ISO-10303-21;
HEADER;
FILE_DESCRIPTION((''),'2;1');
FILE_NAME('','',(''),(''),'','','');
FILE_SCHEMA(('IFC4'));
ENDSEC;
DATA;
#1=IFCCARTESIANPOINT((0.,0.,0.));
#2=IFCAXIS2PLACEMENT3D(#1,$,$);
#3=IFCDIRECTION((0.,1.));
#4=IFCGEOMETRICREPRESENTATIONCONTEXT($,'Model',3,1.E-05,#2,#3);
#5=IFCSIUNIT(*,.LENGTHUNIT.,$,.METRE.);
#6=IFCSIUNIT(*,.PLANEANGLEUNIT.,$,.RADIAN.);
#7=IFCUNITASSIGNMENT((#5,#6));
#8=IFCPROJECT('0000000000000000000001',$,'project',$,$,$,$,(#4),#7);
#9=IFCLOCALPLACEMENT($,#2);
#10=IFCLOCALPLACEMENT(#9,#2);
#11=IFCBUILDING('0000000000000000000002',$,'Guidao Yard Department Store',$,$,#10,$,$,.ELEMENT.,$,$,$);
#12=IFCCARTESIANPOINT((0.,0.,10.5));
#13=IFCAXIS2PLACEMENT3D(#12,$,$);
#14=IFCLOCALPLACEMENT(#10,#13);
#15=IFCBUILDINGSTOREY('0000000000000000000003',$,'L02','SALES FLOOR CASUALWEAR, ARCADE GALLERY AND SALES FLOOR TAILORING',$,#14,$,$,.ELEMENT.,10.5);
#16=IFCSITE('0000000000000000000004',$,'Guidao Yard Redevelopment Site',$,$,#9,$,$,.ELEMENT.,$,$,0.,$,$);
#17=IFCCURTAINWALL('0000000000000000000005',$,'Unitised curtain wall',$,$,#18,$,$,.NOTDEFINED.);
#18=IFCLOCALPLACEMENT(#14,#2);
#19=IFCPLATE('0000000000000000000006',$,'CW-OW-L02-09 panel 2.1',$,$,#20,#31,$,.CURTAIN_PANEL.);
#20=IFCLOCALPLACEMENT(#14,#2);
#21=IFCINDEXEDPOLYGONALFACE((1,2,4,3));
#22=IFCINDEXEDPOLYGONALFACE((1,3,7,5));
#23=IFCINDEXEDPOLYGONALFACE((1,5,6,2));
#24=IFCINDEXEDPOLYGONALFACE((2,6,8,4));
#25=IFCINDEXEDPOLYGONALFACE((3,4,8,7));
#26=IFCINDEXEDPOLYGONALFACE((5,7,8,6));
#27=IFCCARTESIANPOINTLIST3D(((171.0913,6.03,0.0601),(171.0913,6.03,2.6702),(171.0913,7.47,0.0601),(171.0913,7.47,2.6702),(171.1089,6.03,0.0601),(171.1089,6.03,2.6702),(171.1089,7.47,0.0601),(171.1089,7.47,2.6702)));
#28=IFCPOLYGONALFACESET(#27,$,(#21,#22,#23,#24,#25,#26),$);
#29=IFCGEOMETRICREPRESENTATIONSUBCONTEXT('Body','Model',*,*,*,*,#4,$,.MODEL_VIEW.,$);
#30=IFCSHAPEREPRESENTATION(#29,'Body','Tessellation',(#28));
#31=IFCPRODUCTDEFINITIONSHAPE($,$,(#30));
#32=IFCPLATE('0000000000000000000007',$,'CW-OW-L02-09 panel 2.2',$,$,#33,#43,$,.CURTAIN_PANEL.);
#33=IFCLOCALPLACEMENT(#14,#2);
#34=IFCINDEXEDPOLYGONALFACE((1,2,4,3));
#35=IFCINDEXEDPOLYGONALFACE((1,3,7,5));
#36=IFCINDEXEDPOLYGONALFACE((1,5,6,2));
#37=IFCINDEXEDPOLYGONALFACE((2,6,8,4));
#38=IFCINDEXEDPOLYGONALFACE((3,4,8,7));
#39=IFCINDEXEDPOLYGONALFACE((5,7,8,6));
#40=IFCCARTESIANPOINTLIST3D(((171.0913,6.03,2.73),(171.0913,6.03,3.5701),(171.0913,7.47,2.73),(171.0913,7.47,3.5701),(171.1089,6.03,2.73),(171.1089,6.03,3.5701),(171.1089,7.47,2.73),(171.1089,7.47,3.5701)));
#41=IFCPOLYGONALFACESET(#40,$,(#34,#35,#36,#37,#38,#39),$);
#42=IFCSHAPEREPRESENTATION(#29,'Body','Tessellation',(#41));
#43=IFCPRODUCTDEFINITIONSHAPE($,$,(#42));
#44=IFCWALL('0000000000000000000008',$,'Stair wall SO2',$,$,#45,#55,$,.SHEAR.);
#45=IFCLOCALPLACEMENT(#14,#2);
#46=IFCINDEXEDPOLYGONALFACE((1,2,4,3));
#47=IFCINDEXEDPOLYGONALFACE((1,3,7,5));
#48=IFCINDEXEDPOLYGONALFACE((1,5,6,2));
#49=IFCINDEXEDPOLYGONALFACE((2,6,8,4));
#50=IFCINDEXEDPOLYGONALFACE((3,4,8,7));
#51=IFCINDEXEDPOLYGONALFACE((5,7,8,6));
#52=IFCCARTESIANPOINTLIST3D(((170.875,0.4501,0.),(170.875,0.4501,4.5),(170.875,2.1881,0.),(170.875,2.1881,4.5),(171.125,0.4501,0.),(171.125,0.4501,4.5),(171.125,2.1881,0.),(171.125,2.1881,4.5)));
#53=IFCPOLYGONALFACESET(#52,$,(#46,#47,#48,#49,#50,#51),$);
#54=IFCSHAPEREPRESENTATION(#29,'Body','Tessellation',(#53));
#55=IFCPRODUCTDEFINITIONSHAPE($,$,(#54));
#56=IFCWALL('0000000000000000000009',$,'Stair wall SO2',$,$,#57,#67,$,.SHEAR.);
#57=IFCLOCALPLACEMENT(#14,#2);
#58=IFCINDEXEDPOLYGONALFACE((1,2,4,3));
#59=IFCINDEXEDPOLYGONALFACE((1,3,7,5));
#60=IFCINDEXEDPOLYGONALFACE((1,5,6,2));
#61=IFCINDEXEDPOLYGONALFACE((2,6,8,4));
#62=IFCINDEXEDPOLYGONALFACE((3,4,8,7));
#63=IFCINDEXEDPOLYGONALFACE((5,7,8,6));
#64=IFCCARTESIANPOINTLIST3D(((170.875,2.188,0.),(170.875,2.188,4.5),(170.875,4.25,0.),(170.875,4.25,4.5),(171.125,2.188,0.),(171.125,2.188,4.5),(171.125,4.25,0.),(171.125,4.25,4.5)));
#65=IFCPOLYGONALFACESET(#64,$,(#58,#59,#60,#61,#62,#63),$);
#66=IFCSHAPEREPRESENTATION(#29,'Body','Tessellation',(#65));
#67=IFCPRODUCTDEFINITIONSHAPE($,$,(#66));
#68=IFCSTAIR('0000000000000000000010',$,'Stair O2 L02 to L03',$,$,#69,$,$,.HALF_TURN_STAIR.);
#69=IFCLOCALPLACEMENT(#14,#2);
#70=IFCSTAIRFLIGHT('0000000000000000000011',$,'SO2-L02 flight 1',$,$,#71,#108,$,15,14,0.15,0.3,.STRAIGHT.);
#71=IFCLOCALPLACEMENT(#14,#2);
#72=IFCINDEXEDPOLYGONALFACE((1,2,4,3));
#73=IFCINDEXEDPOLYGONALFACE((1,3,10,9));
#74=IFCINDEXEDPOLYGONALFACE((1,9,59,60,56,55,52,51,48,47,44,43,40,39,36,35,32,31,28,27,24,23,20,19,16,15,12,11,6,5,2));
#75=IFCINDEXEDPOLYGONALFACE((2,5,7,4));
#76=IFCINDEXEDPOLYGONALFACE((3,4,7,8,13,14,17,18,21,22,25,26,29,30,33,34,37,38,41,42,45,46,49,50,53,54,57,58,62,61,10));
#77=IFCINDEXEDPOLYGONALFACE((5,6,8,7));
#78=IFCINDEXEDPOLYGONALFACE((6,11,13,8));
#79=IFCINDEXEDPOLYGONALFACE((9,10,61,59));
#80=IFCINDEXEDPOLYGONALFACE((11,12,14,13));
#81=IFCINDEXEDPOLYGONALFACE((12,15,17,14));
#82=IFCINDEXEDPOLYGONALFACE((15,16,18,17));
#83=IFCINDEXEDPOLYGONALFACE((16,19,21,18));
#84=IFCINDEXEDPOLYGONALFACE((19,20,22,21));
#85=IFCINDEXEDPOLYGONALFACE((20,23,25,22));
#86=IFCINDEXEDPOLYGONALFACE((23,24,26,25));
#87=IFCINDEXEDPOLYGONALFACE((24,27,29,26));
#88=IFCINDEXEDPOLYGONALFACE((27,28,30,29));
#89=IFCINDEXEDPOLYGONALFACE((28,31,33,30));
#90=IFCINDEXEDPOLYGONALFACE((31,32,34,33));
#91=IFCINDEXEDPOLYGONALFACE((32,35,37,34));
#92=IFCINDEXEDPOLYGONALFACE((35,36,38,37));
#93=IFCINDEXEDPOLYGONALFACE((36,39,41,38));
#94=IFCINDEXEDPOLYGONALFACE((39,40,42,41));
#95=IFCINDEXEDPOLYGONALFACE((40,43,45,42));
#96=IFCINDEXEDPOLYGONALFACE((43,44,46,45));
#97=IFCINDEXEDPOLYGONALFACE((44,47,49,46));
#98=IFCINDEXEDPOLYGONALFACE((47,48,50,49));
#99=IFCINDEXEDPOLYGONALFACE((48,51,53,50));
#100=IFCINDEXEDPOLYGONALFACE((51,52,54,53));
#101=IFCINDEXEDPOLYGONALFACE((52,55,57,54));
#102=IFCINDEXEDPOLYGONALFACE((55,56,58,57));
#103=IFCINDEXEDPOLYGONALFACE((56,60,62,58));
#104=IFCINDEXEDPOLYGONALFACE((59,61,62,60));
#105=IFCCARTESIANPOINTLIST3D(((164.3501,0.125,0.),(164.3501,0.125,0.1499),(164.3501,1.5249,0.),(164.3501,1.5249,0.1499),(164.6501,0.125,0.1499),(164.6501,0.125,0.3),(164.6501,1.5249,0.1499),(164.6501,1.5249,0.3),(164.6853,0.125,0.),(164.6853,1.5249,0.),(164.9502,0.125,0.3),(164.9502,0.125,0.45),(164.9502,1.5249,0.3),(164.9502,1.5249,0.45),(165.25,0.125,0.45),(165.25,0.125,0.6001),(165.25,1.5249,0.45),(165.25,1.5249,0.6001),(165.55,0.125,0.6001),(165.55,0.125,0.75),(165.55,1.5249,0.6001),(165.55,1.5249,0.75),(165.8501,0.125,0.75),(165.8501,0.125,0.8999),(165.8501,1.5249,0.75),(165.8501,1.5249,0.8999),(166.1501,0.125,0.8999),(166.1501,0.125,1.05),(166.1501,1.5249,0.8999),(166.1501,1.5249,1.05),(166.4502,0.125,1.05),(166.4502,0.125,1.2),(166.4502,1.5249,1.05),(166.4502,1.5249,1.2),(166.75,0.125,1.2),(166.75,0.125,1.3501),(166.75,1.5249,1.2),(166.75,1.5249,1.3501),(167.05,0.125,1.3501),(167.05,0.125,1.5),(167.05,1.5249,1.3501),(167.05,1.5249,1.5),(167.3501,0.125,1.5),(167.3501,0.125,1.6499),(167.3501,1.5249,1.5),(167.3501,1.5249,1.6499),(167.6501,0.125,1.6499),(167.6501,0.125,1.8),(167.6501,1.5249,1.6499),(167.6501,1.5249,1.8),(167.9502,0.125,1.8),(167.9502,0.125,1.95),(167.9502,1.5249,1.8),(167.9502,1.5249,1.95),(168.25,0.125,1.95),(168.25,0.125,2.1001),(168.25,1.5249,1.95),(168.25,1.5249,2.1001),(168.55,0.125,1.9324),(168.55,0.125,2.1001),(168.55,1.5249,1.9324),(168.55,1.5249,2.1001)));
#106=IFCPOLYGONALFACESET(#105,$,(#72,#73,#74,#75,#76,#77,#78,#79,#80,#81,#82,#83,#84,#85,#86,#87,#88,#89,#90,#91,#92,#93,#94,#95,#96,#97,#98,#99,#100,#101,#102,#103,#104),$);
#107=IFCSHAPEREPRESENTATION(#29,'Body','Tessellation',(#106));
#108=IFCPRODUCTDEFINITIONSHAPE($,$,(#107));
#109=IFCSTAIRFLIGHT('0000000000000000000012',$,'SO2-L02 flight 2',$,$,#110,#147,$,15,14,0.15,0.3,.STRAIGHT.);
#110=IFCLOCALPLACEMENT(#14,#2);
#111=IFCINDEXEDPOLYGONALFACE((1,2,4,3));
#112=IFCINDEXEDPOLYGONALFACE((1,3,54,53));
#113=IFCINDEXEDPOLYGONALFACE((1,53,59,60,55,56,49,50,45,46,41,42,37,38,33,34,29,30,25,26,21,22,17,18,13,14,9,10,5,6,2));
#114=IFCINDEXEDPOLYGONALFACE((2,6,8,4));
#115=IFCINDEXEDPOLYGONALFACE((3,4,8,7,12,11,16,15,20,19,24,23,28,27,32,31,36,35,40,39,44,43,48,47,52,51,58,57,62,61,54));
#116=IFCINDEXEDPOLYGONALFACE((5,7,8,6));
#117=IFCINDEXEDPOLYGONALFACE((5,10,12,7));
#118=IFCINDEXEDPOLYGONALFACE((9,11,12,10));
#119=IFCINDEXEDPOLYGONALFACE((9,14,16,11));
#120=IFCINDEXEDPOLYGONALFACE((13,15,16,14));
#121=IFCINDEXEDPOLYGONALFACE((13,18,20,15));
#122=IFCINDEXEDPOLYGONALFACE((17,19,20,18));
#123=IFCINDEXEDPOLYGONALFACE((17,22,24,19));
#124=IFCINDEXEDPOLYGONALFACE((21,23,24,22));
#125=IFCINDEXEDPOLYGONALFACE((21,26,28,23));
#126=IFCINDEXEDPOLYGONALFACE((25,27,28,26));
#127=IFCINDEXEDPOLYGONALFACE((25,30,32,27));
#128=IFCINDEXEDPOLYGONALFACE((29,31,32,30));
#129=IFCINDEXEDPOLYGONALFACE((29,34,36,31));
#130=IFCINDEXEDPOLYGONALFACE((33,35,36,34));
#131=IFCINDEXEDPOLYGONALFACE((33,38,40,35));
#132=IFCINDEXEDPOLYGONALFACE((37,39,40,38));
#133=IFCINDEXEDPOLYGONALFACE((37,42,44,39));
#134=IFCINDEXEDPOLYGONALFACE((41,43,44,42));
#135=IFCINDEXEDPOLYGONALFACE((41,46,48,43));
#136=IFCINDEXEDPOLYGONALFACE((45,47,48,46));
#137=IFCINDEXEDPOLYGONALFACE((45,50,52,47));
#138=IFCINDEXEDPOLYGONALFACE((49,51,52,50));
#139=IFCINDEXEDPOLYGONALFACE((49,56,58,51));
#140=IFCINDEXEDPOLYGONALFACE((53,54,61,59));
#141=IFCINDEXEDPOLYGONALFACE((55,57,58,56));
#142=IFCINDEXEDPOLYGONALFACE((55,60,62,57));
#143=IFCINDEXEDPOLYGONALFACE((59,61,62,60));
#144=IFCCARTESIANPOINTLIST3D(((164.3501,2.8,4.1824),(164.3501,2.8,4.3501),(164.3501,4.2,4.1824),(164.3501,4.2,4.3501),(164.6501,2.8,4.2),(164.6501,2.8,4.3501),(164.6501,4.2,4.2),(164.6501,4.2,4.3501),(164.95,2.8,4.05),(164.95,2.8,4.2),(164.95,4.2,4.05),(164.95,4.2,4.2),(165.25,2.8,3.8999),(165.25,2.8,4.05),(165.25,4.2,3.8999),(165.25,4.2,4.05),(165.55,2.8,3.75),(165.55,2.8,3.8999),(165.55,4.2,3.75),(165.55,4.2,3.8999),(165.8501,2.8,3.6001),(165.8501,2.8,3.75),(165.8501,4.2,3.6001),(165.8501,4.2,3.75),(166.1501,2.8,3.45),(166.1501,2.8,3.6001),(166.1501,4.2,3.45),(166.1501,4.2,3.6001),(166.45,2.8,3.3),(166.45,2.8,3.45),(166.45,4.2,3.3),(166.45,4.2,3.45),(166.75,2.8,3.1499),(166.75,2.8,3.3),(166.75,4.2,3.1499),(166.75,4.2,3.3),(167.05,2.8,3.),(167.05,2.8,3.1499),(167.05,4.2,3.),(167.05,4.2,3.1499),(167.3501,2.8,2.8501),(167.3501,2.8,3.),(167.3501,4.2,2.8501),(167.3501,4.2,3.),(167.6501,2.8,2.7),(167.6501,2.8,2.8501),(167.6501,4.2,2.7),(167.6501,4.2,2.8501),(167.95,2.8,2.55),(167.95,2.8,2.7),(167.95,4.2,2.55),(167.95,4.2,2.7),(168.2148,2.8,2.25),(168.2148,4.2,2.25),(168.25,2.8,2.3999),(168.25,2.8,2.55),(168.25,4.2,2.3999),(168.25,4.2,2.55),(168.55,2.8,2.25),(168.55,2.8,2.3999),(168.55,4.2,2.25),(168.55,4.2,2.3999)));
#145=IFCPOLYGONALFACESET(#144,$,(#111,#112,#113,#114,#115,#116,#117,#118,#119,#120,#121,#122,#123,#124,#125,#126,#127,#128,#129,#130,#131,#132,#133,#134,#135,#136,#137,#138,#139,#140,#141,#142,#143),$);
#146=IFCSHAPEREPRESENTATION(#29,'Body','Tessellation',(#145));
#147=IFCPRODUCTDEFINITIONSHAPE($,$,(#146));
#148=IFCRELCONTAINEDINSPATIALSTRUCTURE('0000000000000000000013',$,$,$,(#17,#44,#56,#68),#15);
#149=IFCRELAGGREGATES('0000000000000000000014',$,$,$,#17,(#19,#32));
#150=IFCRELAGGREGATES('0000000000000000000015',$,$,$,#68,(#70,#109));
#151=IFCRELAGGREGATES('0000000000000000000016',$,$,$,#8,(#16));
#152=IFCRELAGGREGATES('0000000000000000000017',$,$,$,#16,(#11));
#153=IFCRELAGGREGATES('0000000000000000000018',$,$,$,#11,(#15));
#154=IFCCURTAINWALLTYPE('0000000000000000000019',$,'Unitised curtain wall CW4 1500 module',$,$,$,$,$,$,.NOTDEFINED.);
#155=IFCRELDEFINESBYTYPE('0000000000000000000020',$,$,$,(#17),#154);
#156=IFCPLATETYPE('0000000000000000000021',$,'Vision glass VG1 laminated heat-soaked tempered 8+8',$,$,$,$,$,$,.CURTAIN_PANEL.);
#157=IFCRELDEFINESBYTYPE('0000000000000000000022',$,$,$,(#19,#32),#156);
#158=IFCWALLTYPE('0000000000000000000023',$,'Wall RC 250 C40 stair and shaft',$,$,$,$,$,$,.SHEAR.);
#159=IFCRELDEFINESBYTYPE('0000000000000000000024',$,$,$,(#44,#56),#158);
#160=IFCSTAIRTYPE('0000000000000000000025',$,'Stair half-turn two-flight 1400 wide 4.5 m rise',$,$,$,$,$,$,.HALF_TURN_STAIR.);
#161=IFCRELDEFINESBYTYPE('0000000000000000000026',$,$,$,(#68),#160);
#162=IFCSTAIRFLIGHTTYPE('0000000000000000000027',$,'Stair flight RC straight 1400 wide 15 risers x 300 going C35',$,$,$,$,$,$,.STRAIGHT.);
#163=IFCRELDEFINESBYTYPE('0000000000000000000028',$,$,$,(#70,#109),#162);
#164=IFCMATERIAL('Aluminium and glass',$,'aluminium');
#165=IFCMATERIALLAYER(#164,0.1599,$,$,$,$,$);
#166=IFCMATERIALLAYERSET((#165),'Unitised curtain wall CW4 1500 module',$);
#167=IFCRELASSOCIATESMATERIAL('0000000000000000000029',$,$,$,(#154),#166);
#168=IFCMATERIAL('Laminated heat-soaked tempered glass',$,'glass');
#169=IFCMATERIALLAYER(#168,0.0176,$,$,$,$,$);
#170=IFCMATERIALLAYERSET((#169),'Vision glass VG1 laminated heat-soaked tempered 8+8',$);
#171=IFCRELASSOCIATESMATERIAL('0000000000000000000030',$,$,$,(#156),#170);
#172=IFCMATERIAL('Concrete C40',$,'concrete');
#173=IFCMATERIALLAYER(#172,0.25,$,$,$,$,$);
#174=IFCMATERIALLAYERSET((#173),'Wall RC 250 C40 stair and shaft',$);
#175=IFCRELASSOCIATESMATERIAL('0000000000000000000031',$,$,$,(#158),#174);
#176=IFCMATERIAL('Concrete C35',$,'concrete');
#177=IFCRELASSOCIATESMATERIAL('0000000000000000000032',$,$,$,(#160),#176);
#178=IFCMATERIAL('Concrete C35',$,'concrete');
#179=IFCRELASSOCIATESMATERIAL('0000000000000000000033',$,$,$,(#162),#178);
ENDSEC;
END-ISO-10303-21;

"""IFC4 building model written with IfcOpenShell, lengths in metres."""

from ifc_helpers import new_model, si_unit, direction, frame, frame_2d, origin, origin_2d, place, context, subcontext, project, spatial, polyline, rectangle, outline, extrude, material, layer, layer_set, type_object, element, aggregate, save


model = new_model("IFC4")

# Units and contexts
model_context = context("Model", 3, precision=1e-05, world=origin(), true_north=direction((0.0, 1.0)))
body_context = subcontext(model_context, "Body", "Model", "MODEL_VIEW")
ifc_project = project(units=[si_unit("LENGTHUNIT", "METRE"), si_unit("PLANEANGLEUNIT", "RADIAN")], contexts=[model_context])

# Site, building, storey
site_placement = place(None, origin())
site = spatial("IfcSite", under=ifc_project, at=site_placement, Name="Guidao Yard Redevelopment Site", CompositionType="ELEMENT", RefElevation=0.0)
building_placement = place(site_placement, origin())
building = spatial("IfcBuilding", under=site, at=building_placement, Name="Guidao Yard Department Store", CompositionType="ELEMENT")
storey_placement = place(building_placement, frame((0.0, 0.0, 10.5)))
storey = spatial("IfcBuildingStorey", under=building, at=storey_placement, Name="L02", Description="SALES FLOOR CASUALWEAR, ARCADE GALLERY AND SALES FLOOR TAILORING", CompositionType="ELEMENT", Elevation=10.5)

# Curtain wall, plates
ifc_material_1 = material(Name="Aluminium and glass", Category="aluminium")
ifc_layer_1 = layer(ifc_material_1, 0.1599)
ifc_layer_set_1 = layer_set([ifc_layer_1], Name="Unitised curtain wall CW4 1500 module")
curtain_wall_type = type_object("IfcCurtainWallType", Name="Unitised curtain wall CW4 1500 module", PredefinedType="NOTDEFINED", material=ifc_layer_set_1)
curtain_wall_placement = place(storey_placement, origin())
curtain_wall = element("IfcCurtainWall", 1, at=curtain_wall_placement, inside=storey, type_object=curtain_wall_type, Name="Unitised curtain wall", PredefinedType="NOTDEFINED")
ifc_material_2 = material(Name="Laminated heat-soaked tempered glass", Category="glass")
ifc_layer_2 = layer(ifc_material_2, 0.0176)
ifc_layer_set_2 = layer_set([ifc_layer_2], Name="Vision glass VG1 laminated heat-soaked tempered 8+8")
plate_type_1 = type_object("IfcPlateType", Name="Vision glass VG1 laminated heat-soaked tempered 8+8", PredefinedType="CURTAIN_PANEL", material=ifc_layer_set_2)
plate_1_placement = place(storey_placement, frame((171.1001, 6.75, 0.0601), z_axis=(0.0, 0.0, 1.0), x_axis=(0.0, -1.0, 0.0)))
plate_1 = element("IfcPlate", 2, at=plate_1_placement, type_object=plate_type_1, Name="CW-OW-L02-09 panel 2.1", PredefinedType="CURTAIN_PANEL", context=body_context, shape_type="SweptSolid", body=[
    extrude(rectangle(XDim=1.4399, YDim=0.0176, at=origin_2d()), origin(), (0.0, 0.0, 1.0), 2.6101),
])
plate_2_placement = place(storey_placement, frame((171.1001, 6.75, 2.73), z_axis=(0.0, 0.0, 1.0), x_axis=(0.0, -1.0, 0.0)))
plate_2 = element("IfcPlate", 3, at=plate_2_placement, type_object=plate_type_1, Name="CW-OW-L02-09 panel 2.2", PredefinedType="CURTAIN_PANEL", context=body_context, shape_type="SweptSolid", body=[
    extrude(rectangle(XDim=1.4399, YDim=0.0176, at=origin_2d()), origin(), (0.0, 0.0, 1.0), 0.8401),
])
aggregate(curtain_wall, [plate_1, plate_2])

# Walls
ifc_material_3 = material(Name="Concrete C40", Category="concrete")
ifc_layer_3 = layer(ifc_material_3, 0.25)
ifc_layer_set_3 = layer_set([ifc_layer_3], Name="Wall RC 250 C40 stair and shaft")
wall_type = type_object("IfcWallType", Name="Wall RC 250 C40 stair and shaft", PredefinedType="SHEAR", material=ifc_layer_set_3)
wall_1_placement = place(storey_placement, frame((171.0, 0.45, 0.0), z_axis=(0.0, 0.0, 1.0), x_axis=(0.0, 1.0, 0.0)))
element("IfcWall", 4, at=wall_1_placement, inside=storey, type_object=wall_type, Name="Stair wall SO2", PredefinedType="SHEAR", context=body_context, shape_type="SweptSolid", body=[
    extrude(rectangle(XDim=1.738, YDim=0.25, at=frame_2d((0.8691, 0.0))), origin(), (0.0, 0.0, 1.0), 4.5),
])
wall_2_placement = place(storey_placement, frame((171.0, 2.188, 0.0), z_axis=(0.0, 0.0, 1.0), x_axis=(0.0, 1.0, 0.0)))
element("IfcWall", 5, at=wall_2_placement, inside=storey, type_object=wall_type, Name="Stair wall SO2", PredefinedType="SHEAR", context=body_context, shape_type="SweptSolid", body=[
    extrude(rectangle(XDim=2.062, YDim=0.25, at=frame_2d((1.031, 0.0))), origin(), (0.0, 0.0, 1.0), 4.5),
])

# Stair, stair flights
ifc_material_4 = material(Name="Concrete C35", Category="concrete")
stair_type = type_object("IfcStairType", Name="Stair half-turn two-flight 1400 wide 4.5 m rise", PredefinedType="HALF_TURN_STAIR", material=ifc_material_4)
stair_placement = place(storey_placement, origin())
stair = element("IfcStair", 6, at=stair_placement, inside=storey, type_object=stair_type, Name="Stair O2 L02 to L03", PredefinedType="HALF_TURN_STAIR")
ifc_material_5 = material(Name="Concrete C35", Category="concrete")
stair_flight_type = type_object("IfcStairFlightType", Name="Stair flight RC straight 1400 wide 15 risers x 300 going C35", PredefinedType="STRAIGHT", material=ifc_material_5)
stair_flight_1_placement = place(storey_placement, frame((164.3501, 0.825, 0.0), z_axis=(0.0, 0.0, 1.0), x_axis=(1.0, 0.0, 0.0)))
stair_flight_1 = element("IfcStairFlight", 7, at=stair_flight_1_placement, type_object=stair_flight_type, Name="SO2-L02 flight 1", NumberOfRisers=15, NumberOfTreads=14, PredefinedType="STRAIGHT", RiserHeight=0.15, TreadLength=0.3, context=body_context, shape_type="SweptSolid", body=[
    extrude(outline(polyline([(0.0, 0.0), (0.0, 0.1499), (0.3, 0.1499), (0.3, 0.3), (0.6001, 0.3), (0.6001, 0.45), (0.8999, 0.45), (0.8999, 0.6001), (1.2, 0.6001), (1.2, 0.75), (1.5, 0.75), (1.5, 0.8999), (1.8, 0.8999), (1.8, 1.05), (2.1001, 1.05), (2.1001, 1.2), (2.3999, 1.2), (2.3999, 1.3501), (2.7, 1.3501), (2.7, 1.5), (3.0, 1.5), (3.0, 1.6499), (3.3, 1.6499), (3.3, 1.8), (3.6001, 1.8), (3.6001, 1.95), (3.8999, 1.95), (3.8999, 2.1001), (4.2, 2.1001), (4.2, 2.25), (4.2, 1.9324), (0.3352, 0.0), (0.0, 0.0)])), frame((0.0, 0.7, 0.0), z_axis=(0.0, -1.0, 0.0), x_axis=(1.0, 0.0, 0.0)), (0.0, 0.0, 1.0), 1.3999),
])
stair_flight_2_placement = place(storey_placement, frame((168.55, 3.5, 2.25), z_axis=(0.0, 0.0, 1.0), x_axis=(-1.0, 0.0, 0.0)))
stair_flight_2 = element("IfcStairFlight", 8, at=stair_flight_2_placement, type_object=stair_flight_type, Name="SO2-L02 flight 2", NumberOfRisers=15, NumberOfTreads=14, PredefinedType="STRAIGHT", RiserHeight=0.15, TreadLength=0.3, context=body_context, shape_type="SweptSolid", body=[
    extrude(outline(polyline([(0.0, 0.0), (0.0, 0.1499), (0.3, 0.1499), (0.3, 0.3), (0.6001, 0.3), (0.6001, 0.45), (0.8999, 0.45), (0.8999, 0.6001), (1.2, 0.6001), (1.2, 0.75), (1.5, 0.75), (1.5, 0.8999), (1.8, 0.8999), (1.8, 1.05), (2.1001, 1.05), (2.1001, 1.2), (2.3999, 1.2), (2.3999, 1.3501), (2.7, 1.3501), (2.7, 1.5), (3.0, 1.5), (3.0, 1.6499), (3.3, 1.6499), (3.3, 1.8), (3.6001, 1.8), (3.6001, 1.95), (3.8999, 1.95), (3.8999, 2.1001), (4.2, 2.1001), (4.2, 2.25), (4.2, 1.9324), (0.3352, 0.0), (0.0, 0.0)])), frame((0.0, 0.7, 0.0), z_axis=(0.0, -1.0, 0.0), x_axis=(1.0, 0.0, 0.0)), (0.0, 0.0, 1.0), 1.3999),
])
aggregate(stair, [stair_flight_1, stair_flight_2])

save(model, "model.ifc")
